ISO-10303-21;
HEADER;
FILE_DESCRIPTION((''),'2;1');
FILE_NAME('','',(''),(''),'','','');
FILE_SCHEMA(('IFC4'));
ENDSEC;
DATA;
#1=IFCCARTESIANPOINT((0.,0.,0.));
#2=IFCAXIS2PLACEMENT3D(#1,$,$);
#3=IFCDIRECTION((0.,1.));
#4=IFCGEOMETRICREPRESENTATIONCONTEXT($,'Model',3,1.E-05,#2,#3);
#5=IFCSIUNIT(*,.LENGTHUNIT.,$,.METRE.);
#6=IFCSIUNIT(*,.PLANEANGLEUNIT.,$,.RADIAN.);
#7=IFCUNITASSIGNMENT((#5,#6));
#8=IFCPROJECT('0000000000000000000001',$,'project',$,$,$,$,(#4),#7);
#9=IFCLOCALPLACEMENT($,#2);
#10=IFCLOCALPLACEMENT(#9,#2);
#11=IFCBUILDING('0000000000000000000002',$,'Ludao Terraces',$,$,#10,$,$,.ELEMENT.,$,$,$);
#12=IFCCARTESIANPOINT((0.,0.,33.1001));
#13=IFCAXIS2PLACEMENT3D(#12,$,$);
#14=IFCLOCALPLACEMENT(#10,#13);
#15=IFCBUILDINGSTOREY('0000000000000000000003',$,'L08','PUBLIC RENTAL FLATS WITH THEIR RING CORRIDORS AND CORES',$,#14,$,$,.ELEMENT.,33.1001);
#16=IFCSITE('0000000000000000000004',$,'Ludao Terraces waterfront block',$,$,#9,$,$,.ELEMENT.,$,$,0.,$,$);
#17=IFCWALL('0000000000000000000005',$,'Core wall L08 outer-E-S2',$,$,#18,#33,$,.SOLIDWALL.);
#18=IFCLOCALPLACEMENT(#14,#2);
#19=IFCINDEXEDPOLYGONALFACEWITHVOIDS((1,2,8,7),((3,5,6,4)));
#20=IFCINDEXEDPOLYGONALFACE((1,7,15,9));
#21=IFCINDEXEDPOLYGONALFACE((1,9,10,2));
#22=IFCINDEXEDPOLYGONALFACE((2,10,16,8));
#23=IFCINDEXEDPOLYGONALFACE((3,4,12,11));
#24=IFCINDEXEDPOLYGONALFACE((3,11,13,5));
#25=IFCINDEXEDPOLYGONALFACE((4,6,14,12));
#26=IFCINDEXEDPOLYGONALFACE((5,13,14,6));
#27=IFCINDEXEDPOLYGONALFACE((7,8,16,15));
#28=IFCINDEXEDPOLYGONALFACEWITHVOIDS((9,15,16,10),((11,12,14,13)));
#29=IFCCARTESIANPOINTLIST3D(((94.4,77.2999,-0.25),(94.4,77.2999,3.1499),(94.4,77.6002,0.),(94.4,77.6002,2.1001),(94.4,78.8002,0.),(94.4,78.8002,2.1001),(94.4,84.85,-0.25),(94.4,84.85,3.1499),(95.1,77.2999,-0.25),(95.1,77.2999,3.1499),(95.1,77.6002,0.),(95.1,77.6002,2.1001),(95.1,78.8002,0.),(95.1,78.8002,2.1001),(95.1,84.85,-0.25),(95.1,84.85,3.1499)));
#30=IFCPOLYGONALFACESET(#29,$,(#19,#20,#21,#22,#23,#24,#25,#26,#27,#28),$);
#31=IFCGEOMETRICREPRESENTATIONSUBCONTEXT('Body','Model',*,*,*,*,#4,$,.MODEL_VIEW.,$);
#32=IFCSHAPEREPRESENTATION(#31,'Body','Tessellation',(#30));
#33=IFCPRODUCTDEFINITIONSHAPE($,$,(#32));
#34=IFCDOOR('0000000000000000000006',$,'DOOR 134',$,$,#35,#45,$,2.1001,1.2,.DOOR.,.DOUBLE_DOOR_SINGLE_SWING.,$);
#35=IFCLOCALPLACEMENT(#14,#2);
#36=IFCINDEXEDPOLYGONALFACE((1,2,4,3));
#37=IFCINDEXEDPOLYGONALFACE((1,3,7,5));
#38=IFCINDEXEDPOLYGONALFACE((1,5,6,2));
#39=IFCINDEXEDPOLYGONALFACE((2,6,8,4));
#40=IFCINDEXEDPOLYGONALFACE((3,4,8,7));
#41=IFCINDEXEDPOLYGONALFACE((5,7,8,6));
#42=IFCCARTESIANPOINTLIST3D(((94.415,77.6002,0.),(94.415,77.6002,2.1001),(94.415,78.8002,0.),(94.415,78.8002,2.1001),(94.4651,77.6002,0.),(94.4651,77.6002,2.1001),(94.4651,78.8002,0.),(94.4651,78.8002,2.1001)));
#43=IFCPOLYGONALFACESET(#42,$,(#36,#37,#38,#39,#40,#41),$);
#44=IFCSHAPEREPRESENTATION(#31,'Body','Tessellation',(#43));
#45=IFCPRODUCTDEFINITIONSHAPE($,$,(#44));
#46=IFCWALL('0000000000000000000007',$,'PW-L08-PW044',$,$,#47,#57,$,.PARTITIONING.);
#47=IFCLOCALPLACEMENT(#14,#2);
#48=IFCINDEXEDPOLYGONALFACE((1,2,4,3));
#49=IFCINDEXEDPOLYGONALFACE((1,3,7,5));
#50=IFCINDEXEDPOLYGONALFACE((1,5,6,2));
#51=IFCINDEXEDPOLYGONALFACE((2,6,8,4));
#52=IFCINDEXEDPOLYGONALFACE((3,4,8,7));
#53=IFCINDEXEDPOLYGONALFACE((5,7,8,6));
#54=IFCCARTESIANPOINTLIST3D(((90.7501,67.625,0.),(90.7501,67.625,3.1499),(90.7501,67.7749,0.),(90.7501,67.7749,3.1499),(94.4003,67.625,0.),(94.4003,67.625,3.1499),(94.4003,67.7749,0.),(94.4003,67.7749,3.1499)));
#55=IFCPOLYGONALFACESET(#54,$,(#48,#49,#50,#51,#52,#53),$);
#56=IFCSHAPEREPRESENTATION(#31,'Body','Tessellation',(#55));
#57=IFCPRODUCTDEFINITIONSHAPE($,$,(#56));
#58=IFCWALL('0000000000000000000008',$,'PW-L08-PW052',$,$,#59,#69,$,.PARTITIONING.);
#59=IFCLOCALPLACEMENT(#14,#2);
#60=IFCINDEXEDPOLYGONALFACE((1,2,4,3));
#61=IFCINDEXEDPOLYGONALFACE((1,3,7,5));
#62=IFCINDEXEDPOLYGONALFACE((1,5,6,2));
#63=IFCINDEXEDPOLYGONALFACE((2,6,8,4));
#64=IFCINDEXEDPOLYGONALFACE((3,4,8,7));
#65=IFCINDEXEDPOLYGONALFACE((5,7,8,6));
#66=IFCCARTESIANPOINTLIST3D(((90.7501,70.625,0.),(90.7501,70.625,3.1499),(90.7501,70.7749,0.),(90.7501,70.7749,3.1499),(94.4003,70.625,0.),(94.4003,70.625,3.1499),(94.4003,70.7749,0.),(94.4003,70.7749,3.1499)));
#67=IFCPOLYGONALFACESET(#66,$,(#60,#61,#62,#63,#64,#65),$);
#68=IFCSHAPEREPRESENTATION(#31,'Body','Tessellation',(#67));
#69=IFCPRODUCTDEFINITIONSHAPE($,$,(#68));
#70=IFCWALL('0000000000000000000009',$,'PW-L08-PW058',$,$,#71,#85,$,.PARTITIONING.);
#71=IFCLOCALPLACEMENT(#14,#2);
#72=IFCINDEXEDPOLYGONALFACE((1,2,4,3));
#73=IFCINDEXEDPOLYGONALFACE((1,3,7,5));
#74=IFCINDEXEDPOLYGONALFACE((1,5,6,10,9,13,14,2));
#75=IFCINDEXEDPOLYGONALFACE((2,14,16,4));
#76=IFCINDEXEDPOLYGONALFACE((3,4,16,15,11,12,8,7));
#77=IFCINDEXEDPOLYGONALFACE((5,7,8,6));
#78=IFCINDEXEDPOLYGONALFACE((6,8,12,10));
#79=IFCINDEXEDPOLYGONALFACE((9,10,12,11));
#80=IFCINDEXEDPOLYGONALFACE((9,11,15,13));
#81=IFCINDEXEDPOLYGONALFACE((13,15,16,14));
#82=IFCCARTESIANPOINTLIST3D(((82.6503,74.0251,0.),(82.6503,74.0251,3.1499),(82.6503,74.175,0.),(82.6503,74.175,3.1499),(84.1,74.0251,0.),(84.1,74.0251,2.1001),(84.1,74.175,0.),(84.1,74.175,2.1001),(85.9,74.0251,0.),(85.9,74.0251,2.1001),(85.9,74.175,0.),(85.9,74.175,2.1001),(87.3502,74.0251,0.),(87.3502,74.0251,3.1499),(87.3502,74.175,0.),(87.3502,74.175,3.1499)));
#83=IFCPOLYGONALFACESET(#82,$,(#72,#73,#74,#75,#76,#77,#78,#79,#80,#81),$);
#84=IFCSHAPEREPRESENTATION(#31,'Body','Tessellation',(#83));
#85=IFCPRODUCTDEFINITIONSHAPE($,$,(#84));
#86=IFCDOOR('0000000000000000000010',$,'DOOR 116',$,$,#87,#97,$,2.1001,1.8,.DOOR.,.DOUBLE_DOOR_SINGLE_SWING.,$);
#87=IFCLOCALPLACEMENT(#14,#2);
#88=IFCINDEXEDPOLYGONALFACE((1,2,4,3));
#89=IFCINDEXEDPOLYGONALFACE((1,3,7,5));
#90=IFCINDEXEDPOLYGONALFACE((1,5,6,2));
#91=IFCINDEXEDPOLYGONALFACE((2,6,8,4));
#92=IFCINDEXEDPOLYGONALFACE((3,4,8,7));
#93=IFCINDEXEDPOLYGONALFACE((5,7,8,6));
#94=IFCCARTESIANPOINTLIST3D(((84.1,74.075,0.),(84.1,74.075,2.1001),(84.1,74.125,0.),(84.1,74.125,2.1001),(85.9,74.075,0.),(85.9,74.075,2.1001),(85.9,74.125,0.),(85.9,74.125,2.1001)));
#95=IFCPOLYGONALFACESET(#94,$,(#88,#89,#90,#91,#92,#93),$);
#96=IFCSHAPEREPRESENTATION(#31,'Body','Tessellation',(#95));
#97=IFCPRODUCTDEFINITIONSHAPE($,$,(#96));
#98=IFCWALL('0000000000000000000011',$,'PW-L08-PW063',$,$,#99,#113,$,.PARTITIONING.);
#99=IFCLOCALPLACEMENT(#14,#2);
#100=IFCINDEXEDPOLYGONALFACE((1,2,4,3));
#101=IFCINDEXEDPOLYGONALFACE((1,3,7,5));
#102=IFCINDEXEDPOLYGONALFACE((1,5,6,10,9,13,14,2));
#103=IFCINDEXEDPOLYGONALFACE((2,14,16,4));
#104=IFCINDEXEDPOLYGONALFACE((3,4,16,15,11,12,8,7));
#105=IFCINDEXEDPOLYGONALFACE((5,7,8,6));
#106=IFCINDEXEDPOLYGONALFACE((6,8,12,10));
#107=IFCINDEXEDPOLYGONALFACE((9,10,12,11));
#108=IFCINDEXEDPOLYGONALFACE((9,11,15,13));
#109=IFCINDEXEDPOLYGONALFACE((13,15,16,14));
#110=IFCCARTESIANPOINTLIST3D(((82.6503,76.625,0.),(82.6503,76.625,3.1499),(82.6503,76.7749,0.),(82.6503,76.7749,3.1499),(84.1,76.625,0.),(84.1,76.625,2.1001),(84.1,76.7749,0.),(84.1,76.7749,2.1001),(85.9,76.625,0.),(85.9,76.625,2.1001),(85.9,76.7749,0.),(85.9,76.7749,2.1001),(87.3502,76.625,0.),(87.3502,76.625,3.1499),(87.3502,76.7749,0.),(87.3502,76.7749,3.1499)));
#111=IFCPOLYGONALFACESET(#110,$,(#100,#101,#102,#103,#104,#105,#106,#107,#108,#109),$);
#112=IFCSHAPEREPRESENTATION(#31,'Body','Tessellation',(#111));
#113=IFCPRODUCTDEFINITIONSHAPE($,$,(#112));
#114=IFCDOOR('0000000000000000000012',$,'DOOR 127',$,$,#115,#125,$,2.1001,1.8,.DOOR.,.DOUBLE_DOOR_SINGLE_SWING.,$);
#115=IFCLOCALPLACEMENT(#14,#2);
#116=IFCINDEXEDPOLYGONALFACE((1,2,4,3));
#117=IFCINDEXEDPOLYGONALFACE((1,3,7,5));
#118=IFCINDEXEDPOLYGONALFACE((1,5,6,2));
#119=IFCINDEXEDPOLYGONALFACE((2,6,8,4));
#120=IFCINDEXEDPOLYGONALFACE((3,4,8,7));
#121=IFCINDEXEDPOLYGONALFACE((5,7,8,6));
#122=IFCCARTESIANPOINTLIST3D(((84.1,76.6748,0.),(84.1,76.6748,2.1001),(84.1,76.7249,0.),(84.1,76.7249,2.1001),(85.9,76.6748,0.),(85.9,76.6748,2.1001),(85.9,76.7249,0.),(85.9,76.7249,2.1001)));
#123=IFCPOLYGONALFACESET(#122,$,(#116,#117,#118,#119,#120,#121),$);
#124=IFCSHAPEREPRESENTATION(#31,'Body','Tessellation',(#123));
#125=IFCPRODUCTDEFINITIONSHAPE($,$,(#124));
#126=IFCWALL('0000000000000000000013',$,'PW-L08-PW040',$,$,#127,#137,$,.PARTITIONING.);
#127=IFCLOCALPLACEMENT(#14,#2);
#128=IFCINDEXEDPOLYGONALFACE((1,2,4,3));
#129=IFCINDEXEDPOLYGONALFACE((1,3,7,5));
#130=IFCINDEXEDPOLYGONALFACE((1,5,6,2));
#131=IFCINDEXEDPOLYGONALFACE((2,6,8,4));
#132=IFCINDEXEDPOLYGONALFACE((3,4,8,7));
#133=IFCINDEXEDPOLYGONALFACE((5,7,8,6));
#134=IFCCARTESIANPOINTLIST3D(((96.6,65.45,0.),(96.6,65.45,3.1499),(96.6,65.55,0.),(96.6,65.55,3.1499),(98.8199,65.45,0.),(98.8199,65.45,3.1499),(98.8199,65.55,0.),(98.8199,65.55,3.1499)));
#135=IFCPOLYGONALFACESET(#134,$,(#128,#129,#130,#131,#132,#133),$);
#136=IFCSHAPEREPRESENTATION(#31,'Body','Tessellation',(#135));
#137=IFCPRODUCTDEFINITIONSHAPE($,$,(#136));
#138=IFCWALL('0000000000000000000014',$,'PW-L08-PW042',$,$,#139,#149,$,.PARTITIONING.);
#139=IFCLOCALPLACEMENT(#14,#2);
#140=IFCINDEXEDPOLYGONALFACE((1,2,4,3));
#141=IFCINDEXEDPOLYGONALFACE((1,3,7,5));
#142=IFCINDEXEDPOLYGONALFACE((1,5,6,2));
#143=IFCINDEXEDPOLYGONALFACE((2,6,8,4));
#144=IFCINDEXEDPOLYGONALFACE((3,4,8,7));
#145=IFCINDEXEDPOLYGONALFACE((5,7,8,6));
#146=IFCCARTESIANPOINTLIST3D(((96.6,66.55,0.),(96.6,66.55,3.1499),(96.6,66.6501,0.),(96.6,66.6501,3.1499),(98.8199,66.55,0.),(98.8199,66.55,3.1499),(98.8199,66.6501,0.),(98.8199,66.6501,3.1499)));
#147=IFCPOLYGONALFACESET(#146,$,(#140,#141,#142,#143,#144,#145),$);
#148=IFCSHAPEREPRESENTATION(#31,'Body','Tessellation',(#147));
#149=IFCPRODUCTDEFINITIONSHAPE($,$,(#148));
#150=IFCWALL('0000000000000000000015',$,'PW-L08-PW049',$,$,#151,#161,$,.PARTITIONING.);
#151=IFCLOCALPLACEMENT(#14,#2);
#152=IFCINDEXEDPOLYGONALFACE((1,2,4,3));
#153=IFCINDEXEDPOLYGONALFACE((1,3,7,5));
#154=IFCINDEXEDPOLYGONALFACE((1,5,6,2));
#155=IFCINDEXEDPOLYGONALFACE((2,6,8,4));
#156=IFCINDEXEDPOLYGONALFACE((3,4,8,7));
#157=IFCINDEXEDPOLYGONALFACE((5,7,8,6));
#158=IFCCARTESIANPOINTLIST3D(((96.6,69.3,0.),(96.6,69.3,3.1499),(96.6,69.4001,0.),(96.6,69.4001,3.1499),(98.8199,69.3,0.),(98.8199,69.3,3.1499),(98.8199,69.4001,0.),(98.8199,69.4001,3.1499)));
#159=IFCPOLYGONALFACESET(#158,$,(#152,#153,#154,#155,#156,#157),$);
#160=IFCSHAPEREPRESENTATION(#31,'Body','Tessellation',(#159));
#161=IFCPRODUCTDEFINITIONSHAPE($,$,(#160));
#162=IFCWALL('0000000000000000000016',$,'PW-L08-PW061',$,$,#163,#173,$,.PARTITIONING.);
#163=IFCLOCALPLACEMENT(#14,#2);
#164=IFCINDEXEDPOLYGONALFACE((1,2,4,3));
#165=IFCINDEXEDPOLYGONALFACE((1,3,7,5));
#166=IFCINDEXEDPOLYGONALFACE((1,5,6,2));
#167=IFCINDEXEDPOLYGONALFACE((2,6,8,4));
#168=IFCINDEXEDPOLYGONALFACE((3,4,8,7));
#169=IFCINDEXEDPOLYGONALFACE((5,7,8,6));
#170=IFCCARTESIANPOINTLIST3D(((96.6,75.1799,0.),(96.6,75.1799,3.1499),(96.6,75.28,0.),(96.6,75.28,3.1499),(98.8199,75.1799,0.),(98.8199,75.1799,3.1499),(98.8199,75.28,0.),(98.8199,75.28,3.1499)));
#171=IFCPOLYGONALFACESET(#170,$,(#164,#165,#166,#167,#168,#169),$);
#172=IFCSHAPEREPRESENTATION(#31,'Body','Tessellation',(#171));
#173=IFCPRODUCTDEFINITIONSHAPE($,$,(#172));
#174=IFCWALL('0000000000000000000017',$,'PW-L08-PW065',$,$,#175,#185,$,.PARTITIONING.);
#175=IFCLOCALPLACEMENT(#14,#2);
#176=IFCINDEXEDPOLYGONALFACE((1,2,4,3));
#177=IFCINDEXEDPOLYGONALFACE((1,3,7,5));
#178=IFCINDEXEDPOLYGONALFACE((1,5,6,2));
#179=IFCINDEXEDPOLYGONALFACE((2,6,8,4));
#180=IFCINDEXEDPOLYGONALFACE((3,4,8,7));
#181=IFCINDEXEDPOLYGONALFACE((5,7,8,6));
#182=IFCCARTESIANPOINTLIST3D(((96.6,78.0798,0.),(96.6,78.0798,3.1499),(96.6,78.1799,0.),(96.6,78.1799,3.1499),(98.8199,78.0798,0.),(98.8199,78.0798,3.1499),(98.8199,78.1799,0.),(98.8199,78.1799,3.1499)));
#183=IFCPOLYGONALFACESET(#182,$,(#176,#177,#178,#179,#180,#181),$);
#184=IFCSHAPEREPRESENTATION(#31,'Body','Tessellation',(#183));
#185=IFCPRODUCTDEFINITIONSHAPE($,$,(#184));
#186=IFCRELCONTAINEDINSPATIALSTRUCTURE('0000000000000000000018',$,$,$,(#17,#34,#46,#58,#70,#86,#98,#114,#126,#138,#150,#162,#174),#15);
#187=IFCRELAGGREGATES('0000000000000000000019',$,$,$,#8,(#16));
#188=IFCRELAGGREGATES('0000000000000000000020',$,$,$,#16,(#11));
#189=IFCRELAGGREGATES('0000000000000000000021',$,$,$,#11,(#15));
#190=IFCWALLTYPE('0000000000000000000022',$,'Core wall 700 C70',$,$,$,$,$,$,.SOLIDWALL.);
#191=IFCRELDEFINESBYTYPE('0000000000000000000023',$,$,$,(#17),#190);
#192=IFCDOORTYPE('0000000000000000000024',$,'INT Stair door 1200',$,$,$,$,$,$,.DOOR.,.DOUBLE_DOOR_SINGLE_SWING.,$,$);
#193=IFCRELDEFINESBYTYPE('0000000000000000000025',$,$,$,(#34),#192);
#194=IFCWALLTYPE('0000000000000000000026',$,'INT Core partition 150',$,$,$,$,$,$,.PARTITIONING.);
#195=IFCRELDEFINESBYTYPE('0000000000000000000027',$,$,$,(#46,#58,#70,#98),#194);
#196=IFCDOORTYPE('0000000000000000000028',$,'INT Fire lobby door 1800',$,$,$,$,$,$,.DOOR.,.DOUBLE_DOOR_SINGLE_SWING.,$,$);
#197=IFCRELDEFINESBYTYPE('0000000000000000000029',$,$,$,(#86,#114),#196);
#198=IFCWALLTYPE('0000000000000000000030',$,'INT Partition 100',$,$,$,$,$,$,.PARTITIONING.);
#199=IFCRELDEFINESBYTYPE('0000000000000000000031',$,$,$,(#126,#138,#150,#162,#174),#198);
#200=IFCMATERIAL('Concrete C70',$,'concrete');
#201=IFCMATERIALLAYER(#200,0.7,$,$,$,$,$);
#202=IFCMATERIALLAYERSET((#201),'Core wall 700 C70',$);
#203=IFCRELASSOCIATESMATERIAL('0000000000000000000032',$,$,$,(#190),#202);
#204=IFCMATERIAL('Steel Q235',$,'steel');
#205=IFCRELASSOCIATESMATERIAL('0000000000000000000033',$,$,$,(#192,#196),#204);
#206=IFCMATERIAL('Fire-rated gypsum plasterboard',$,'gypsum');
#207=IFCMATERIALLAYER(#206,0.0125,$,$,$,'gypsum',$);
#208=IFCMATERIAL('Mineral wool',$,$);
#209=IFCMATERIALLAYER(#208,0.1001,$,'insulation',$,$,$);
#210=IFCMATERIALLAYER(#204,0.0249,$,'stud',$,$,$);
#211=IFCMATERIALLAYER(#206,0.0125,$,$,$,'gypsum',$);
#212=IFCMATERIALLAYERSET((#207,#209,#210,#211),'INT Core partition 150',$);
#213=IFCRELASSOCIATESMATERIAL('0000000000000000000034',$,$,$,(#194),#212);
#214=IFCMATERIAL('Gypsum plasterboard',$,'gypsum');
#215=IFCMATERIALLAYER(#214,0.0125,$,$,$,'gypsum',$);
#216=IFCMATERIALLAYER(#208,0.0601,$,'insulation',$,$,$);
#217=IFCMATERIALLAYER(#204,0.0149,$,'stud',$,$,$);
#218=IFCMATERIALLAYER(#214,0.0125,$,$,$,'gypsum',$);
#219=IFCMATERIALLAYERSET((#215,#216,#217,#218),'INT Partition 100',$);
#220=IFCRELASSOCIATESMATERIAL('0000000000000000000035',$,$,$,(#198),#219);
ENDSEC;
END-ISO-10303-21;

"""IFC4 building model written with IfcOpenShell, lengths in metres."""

from ifc_helpers import new_model, si_unit, direction, frame, frame_2d, origin, place, context, subcontext, project, spatial, rectangle, extrude, material, layer, layer_set, type_object, element, fill, save


model = new_model("IFC4")

# Units and contexts
model_context = context("Model", 3, precision=1e-05, world=origin(), true_north=direction((0.0, 1.0)))
body_context = subcontext(model_context, "Body", "Model", "MODEL_VIEW")
ifc_project = project(units=[si_unit("LENGTHUNIT", "METRE"), si_unit("PLANEANGLEUNIT", "RADIAN")], contexts=[model_context])

# Site, building, storey
site_placement = place(None, origin())
site = spatial("IfcSite", under=ifc_project, at=site_placement, Name="Ludao Terraces waterfront block", CompositionType="ELEMENT", RefElevation=0.0)
building_placement = place(site_placement, origin())
building = spatial("IfcBuilding", under=site, at=building_placement, Name="Ludao Terraces", CompositionType="ELEMENT")
storey_placement = place(building_placement, frame((0.0, 0.0, 33.1001)))
storey = spatial("IfcBuildingStorey", under=building, at=storey_placement, Name="L08", Description="PUBLIC RENTAL FLATS WITH THEIR RING CORRIDORS AND CORES", CompositionType="ELEMENT", Elevation=33.1001)

# Wall, opening, door
ifc_material_1 = material(Name="Concrete C70", Category="concrete")
ifc_layer_1 = layer(ifc_material_1, 0.7)
ifc_layer_set_1 = layer_set([ifc_layer_1], Name="Core wall 700 C70")
wall_type_1 = type_object("IfcWallType", Name="Core wall 700 C70", PredefinedType="SOLIDWALL", material=ifc_layer_set_1)
wall_1_placement = place(storey_placement, frame((94.75, 77.3, -0.25), z_axis=(0.0, 0.0, 1.0), x_axis=(0.0, 1.0, 0.0)))
wall_1 = element("IfcWall", 1, at=wall_1_placement, inside=storey, type_object=wall_type_1, Name="Core wall L08 outer-E-S2", PredefinedType="SOLIDWALL", context=body_context, shape_type="SweptSolid", body=[
    extrude(rectangle(XDim=7.55, YDim=0.7, at=frame_2d((3.7749, 0.0))), origin(), (0.0, 0.0, 1.0), 3.3999),
])
opening_1_placement = place(wall_1_placement, frame((0.3, 0.0, 0.25)))
opening_1 = element("IfcOpeningElement", 2, at=opening_1_placement, cuts=wall_1, PredefinedType="OPENING", context=body_context, shape_type="SweptSolid", body=[
    extrude(rectangle(XDim=1.2, YDim=2.1001, at=frame_2d((0.6001, 1.05))), frame((0.0, 0.3599, 0.0), z_axis=(0.0, -1.0, 0.0), x_axis=(1.0, 0.0, 0.0)), (0.0, 0.0, 1.0), 0.72),
])
ifc_material_2 = material(Name="Steel Q235", Category="steel")
door_type_1 = type_object("IfcDoorType", Name="INT Stair door 1200", OperationType="DOUBLE_DOOR_SINGLE_SWING", PredefinedType="DOOR", material=ifc_material_2)
door_1_placement = place(opening_1_placement, origin())
door_1 = element("IfcDoor", 3, at=door_1_placement, inside=storey, type_object=door_type_1, Name="DOOR 134", OperationType="DOUBLE_DOOR_SINGLE_SWING", OverallHeight=2.1001, OverallWidth=1.2, PredefinedType="DOOR", context=body_context, shape_type="SweptSolid", body=[
    extrude(rectangle(XDim=1.2, YDim=2.1001, at=frame_2d((0.6001, 1.05))), frame((0.0, 0.335, 0.0), z_axis=(0.0, -1.0, 0.0), x_axis=(1.0, 0.0, 0.0)), (0.0, 0.0, 1.0), 0.05),
])
fill(opening_1, door_1)

# Walls
ifc_material_3 = material(Name="Fire-rated gypsum plasterboard", Category="gypsum")
ifc_layer_2 = layer(ifc_material_3, 0.0125, Category="gypsum")
ifc_material_4 = material(Name="Mineral wool")
ifc_layer_3 = layer(ifc_material_4, 0.1001, Name="insulation")
ifc_layer_4 = layer(ifc_material_2, 0.0249, Name="stud")
ifc_layer_5 = layer(ifc_material_3, 0.0125, Category="gypsum")
ifc_layer_set_2 = layer_set([ifc_layer_2, ifc_layer_3, ifc_layer_4, ifc_layer_5], Name="INT Core partition 150")
wall_type_2 = type_object("IfcWallType", Name="INT Core partition 150", PredefinedType="PARTITIONING", material=ifc_layer_set_2)
for number, where, z_axis, x_axis, name in (
    (4, (90.75, 67.7, 0.0), (0.0, 0.0, 1.0), (1.0, 0.0, 0.0), "PW-L08-PW044"),
    (5, (90.75, 70.7, 0.0), (0.0, 0.0, 1.0), (1.0, 0.0, 0.0), "PW-L08-PW052"),
):
    element("IfcWall", number, at=place(storey_placement, frame(where, z_axis=z_axis, x_axis=x_axis)), inside=storey, type_object=wall_type_2, Name=name, PredefinedType="PARTITIONING", context=body_context, shape_type="SweptSolid", body=[
        extrude(rectangle(XDim=3.6501, YDim=0.1499, at=frame_2d((1.8252, 0.0))), origin(), (0.0, 0.0, 1.0), 3.1499),
    ])

# Walls, openings, doors
wall_2_placement = place(storey_placement, frame((82.6501, 74.1001, 0.0), z_axis=(0.0, 0.0, 1.0), x_axis=(1.0, 0.0, 0.0)))
wall_2 = element("IfcWall", 6, at=wall_2_placement, inside=storey, type_object=wall_type_2, Name="PW-L08-PW058", PredefinedType="PARTITIONING", context=body_context, shape_type="SweptSolid", body=[
    extrude(rectangle(XDim=4.7, YDim=0.1499, at=frame_2d((2.3501, 0.0))), origin(), (0.0, 0.0, 1.0), 3.1499),
])
opening_2_placement = place(wall_2_placement, frame((1.45, 0.0, 0.0)))
opening_2 = element("IfcOpeningElement", 7, at=opening_2_placement, cuts=wall_2, PredefinedType="OPENING", context=body_context, shape_type="SweptSolid", body=[
    extrude(rectangle(XDim=1.8, YDim=2.1001, at=frame_2d((0.8999, 1.05))), frame((0.0, 0.085, 0.0), z_axis=(0.0, -1.0, 0.0), x_axis=(1.0, 0.0, 0.0)), (0.0, 0.0, 1.0), 0.1699),
])
door_type_2 = type_object("IfcDoorType", Name="INT Fire lobby door 1800", OperationType="DOUBLE_DOOR_SINGLE_SWING", PredefinedType="DOOR", material=ifc_material_2)
door_2_placement = place(opening_2_placement, origin())
door_2 = element("IfcDoor", 8, at=door_2_placement, inside=storey, type_object=door_type_2, Name="DOOR 116", OperationType="DOUBLE_DOOR_SINGLE_SWING", OverallHeight=2.1001, OverallWidth=1.8, PredefinedType="DOOR", context=body_context, shape_type="SweptSolid", body=[
    extrude(rectangle(XDim=1.8, YDim=2.1001, at=frame_2d((0.8999, 1.05))), frame((0.0, 0.0249, 0.0), z_axis=(0.0, -1.0, 0.0), x_axis=(1.0, 0.0, 0.0)), (0.0, 0.0, 1.0), 0.05),
])
fill(opening_2, door_2)
wall_3_placement = place(storey_placement, frame((82.6501, 76.7, 0.0), z_axis=(0.0, 0.0, 1.0), x_axis=(1.0, 0.0, 0.0)))
wall_3 = element("IfcWall", 9, at=wall_3_placement, inside=storey, type_object=wall_type_2, Name="PW-L08-PW063", PredefinedType="PARTITIONING", context=body_context, shape_type="SweptSolid", body=[
    extrude(rectangle(XDim=4.7, YDim=0.1499, at=frame_2d((2.3501, 0.0))), origin(), (0.0, 0.0, 1.0), 3.1499),
])
opening_3_placement = place(wall_3_placement, frame((1.45, 0.0, 0.0)))
opening_3 = element("IfcOpeningElement", 10, at=opening_3_placement, cuts=wall_3, PredefinedType="OPENING", context=body_context, shape_type="SweptSolid", body=[
    extrude(rectangle(XDim=1.8, YDim=2.1001, at=frame_2d((0.8999, 1.05))), frame((0.0, 0.085, 0.0), z_axis=(0.0, -1.0, 0.0), x_axis=(1.0, 0.0, 0.0)), (0.0, 0.0, 1.0), 0.1699),
])
door_3_placement = place(opening_3_placement, origin())
door_3 = element("IfcDoor", 11, at=door_3_placement, inside=storey, type_object=door_type_2, Name="DOOR 127", OperationType="DOUBLE_DOOR_SINGLE_SWING", OverallHeight=2.1001, OverallWidth=1.8, PredefinedType="DOOR", context=body_context, shape_type="SweptSolid", body=[
    extrude(rectangle(XDim=1.8, YDim=2.1001, at=frame_2d((0.8999, 1.05))), frame((0.0, 0.0249, 0.0), z_axis=(0.0, -1.0, 0.0), x_axis=(1.0, 0.0, 0.0)), (0.0, 0.0, 1.0), 0.05),
])
fill(opening_3, door_3)

# Walls
ifc_material_5 = material(Name="Gypsum plasterboard", Category="gypsum")
ifc_layer_6 = layer(ifc_material_5, 0.0125, Category="gypsum")
ifc_layer_7 = layer(ifc_material_4, 0.0601, Name="insulation")
ifc_layer_8 = layer(ifc_material_2, 0.0149, Name="stud")
ifc_layer_9 = layer(ifc_material_5, 0.0125, Category="gypsum")
ifc_layer_set_3 = layer_set([ifc_layer_6, ifc_layer_7, ifc_layer_8, ifc_layer_9], Name="INT Partition 100")
wall_type_3 = type_object("IfcWallType", Name="INT Partition 100", PredefinedType="PARTITIONING", material=ifc_layer_set_3)
for number, where, z_axis, x_axis, name in (
    (12, (96.6001, 65.5, 0.0), (0.0, 0.0, 1.0), (1.0, 0.0, 0.0), "PW-L08-PW040"),
    (13, (96.6001, 66.6001, 0.0), (0.0, 0.0, 1.0), (1.0, 0.0, 0.0), "PW-L08-PW042"),
    (14, (96.6001, 69.3501, 0.0), (0.0, 0.0, 1.0), (1.0, 0.0, 0.0), "PW-L08-PW049"),
    (15, (96.6001, 75.23, 0.0), (0.0, 0.0, 1.0), (1.0, 0.0, 0.0), "PW-L08-PW061"),
    (16, (96.6001, 78.1299, 0.0), (0.0, 0.0, 1.0), (1.0, 0.0, 0.0), "PW-L08-PW065"),
):
    element("IfcWall", number, at=place(storey_placement, frame(where, z_axis=z_axis, x_axis=x_axis)), inside=storey, type_object=wall_type_3, Name=name, PredefinedType="PARTITIONING", context=body_context, shape_type="SweptSolid", body=[
        extrude(rectangle(XDim=2.22, YDim=0.1001, at=frame_2d((1.1099, 0.0))), origin(), (0.0, 0.0, 1.0), 3.1499),
    ])

save(model, "model.ifc")
